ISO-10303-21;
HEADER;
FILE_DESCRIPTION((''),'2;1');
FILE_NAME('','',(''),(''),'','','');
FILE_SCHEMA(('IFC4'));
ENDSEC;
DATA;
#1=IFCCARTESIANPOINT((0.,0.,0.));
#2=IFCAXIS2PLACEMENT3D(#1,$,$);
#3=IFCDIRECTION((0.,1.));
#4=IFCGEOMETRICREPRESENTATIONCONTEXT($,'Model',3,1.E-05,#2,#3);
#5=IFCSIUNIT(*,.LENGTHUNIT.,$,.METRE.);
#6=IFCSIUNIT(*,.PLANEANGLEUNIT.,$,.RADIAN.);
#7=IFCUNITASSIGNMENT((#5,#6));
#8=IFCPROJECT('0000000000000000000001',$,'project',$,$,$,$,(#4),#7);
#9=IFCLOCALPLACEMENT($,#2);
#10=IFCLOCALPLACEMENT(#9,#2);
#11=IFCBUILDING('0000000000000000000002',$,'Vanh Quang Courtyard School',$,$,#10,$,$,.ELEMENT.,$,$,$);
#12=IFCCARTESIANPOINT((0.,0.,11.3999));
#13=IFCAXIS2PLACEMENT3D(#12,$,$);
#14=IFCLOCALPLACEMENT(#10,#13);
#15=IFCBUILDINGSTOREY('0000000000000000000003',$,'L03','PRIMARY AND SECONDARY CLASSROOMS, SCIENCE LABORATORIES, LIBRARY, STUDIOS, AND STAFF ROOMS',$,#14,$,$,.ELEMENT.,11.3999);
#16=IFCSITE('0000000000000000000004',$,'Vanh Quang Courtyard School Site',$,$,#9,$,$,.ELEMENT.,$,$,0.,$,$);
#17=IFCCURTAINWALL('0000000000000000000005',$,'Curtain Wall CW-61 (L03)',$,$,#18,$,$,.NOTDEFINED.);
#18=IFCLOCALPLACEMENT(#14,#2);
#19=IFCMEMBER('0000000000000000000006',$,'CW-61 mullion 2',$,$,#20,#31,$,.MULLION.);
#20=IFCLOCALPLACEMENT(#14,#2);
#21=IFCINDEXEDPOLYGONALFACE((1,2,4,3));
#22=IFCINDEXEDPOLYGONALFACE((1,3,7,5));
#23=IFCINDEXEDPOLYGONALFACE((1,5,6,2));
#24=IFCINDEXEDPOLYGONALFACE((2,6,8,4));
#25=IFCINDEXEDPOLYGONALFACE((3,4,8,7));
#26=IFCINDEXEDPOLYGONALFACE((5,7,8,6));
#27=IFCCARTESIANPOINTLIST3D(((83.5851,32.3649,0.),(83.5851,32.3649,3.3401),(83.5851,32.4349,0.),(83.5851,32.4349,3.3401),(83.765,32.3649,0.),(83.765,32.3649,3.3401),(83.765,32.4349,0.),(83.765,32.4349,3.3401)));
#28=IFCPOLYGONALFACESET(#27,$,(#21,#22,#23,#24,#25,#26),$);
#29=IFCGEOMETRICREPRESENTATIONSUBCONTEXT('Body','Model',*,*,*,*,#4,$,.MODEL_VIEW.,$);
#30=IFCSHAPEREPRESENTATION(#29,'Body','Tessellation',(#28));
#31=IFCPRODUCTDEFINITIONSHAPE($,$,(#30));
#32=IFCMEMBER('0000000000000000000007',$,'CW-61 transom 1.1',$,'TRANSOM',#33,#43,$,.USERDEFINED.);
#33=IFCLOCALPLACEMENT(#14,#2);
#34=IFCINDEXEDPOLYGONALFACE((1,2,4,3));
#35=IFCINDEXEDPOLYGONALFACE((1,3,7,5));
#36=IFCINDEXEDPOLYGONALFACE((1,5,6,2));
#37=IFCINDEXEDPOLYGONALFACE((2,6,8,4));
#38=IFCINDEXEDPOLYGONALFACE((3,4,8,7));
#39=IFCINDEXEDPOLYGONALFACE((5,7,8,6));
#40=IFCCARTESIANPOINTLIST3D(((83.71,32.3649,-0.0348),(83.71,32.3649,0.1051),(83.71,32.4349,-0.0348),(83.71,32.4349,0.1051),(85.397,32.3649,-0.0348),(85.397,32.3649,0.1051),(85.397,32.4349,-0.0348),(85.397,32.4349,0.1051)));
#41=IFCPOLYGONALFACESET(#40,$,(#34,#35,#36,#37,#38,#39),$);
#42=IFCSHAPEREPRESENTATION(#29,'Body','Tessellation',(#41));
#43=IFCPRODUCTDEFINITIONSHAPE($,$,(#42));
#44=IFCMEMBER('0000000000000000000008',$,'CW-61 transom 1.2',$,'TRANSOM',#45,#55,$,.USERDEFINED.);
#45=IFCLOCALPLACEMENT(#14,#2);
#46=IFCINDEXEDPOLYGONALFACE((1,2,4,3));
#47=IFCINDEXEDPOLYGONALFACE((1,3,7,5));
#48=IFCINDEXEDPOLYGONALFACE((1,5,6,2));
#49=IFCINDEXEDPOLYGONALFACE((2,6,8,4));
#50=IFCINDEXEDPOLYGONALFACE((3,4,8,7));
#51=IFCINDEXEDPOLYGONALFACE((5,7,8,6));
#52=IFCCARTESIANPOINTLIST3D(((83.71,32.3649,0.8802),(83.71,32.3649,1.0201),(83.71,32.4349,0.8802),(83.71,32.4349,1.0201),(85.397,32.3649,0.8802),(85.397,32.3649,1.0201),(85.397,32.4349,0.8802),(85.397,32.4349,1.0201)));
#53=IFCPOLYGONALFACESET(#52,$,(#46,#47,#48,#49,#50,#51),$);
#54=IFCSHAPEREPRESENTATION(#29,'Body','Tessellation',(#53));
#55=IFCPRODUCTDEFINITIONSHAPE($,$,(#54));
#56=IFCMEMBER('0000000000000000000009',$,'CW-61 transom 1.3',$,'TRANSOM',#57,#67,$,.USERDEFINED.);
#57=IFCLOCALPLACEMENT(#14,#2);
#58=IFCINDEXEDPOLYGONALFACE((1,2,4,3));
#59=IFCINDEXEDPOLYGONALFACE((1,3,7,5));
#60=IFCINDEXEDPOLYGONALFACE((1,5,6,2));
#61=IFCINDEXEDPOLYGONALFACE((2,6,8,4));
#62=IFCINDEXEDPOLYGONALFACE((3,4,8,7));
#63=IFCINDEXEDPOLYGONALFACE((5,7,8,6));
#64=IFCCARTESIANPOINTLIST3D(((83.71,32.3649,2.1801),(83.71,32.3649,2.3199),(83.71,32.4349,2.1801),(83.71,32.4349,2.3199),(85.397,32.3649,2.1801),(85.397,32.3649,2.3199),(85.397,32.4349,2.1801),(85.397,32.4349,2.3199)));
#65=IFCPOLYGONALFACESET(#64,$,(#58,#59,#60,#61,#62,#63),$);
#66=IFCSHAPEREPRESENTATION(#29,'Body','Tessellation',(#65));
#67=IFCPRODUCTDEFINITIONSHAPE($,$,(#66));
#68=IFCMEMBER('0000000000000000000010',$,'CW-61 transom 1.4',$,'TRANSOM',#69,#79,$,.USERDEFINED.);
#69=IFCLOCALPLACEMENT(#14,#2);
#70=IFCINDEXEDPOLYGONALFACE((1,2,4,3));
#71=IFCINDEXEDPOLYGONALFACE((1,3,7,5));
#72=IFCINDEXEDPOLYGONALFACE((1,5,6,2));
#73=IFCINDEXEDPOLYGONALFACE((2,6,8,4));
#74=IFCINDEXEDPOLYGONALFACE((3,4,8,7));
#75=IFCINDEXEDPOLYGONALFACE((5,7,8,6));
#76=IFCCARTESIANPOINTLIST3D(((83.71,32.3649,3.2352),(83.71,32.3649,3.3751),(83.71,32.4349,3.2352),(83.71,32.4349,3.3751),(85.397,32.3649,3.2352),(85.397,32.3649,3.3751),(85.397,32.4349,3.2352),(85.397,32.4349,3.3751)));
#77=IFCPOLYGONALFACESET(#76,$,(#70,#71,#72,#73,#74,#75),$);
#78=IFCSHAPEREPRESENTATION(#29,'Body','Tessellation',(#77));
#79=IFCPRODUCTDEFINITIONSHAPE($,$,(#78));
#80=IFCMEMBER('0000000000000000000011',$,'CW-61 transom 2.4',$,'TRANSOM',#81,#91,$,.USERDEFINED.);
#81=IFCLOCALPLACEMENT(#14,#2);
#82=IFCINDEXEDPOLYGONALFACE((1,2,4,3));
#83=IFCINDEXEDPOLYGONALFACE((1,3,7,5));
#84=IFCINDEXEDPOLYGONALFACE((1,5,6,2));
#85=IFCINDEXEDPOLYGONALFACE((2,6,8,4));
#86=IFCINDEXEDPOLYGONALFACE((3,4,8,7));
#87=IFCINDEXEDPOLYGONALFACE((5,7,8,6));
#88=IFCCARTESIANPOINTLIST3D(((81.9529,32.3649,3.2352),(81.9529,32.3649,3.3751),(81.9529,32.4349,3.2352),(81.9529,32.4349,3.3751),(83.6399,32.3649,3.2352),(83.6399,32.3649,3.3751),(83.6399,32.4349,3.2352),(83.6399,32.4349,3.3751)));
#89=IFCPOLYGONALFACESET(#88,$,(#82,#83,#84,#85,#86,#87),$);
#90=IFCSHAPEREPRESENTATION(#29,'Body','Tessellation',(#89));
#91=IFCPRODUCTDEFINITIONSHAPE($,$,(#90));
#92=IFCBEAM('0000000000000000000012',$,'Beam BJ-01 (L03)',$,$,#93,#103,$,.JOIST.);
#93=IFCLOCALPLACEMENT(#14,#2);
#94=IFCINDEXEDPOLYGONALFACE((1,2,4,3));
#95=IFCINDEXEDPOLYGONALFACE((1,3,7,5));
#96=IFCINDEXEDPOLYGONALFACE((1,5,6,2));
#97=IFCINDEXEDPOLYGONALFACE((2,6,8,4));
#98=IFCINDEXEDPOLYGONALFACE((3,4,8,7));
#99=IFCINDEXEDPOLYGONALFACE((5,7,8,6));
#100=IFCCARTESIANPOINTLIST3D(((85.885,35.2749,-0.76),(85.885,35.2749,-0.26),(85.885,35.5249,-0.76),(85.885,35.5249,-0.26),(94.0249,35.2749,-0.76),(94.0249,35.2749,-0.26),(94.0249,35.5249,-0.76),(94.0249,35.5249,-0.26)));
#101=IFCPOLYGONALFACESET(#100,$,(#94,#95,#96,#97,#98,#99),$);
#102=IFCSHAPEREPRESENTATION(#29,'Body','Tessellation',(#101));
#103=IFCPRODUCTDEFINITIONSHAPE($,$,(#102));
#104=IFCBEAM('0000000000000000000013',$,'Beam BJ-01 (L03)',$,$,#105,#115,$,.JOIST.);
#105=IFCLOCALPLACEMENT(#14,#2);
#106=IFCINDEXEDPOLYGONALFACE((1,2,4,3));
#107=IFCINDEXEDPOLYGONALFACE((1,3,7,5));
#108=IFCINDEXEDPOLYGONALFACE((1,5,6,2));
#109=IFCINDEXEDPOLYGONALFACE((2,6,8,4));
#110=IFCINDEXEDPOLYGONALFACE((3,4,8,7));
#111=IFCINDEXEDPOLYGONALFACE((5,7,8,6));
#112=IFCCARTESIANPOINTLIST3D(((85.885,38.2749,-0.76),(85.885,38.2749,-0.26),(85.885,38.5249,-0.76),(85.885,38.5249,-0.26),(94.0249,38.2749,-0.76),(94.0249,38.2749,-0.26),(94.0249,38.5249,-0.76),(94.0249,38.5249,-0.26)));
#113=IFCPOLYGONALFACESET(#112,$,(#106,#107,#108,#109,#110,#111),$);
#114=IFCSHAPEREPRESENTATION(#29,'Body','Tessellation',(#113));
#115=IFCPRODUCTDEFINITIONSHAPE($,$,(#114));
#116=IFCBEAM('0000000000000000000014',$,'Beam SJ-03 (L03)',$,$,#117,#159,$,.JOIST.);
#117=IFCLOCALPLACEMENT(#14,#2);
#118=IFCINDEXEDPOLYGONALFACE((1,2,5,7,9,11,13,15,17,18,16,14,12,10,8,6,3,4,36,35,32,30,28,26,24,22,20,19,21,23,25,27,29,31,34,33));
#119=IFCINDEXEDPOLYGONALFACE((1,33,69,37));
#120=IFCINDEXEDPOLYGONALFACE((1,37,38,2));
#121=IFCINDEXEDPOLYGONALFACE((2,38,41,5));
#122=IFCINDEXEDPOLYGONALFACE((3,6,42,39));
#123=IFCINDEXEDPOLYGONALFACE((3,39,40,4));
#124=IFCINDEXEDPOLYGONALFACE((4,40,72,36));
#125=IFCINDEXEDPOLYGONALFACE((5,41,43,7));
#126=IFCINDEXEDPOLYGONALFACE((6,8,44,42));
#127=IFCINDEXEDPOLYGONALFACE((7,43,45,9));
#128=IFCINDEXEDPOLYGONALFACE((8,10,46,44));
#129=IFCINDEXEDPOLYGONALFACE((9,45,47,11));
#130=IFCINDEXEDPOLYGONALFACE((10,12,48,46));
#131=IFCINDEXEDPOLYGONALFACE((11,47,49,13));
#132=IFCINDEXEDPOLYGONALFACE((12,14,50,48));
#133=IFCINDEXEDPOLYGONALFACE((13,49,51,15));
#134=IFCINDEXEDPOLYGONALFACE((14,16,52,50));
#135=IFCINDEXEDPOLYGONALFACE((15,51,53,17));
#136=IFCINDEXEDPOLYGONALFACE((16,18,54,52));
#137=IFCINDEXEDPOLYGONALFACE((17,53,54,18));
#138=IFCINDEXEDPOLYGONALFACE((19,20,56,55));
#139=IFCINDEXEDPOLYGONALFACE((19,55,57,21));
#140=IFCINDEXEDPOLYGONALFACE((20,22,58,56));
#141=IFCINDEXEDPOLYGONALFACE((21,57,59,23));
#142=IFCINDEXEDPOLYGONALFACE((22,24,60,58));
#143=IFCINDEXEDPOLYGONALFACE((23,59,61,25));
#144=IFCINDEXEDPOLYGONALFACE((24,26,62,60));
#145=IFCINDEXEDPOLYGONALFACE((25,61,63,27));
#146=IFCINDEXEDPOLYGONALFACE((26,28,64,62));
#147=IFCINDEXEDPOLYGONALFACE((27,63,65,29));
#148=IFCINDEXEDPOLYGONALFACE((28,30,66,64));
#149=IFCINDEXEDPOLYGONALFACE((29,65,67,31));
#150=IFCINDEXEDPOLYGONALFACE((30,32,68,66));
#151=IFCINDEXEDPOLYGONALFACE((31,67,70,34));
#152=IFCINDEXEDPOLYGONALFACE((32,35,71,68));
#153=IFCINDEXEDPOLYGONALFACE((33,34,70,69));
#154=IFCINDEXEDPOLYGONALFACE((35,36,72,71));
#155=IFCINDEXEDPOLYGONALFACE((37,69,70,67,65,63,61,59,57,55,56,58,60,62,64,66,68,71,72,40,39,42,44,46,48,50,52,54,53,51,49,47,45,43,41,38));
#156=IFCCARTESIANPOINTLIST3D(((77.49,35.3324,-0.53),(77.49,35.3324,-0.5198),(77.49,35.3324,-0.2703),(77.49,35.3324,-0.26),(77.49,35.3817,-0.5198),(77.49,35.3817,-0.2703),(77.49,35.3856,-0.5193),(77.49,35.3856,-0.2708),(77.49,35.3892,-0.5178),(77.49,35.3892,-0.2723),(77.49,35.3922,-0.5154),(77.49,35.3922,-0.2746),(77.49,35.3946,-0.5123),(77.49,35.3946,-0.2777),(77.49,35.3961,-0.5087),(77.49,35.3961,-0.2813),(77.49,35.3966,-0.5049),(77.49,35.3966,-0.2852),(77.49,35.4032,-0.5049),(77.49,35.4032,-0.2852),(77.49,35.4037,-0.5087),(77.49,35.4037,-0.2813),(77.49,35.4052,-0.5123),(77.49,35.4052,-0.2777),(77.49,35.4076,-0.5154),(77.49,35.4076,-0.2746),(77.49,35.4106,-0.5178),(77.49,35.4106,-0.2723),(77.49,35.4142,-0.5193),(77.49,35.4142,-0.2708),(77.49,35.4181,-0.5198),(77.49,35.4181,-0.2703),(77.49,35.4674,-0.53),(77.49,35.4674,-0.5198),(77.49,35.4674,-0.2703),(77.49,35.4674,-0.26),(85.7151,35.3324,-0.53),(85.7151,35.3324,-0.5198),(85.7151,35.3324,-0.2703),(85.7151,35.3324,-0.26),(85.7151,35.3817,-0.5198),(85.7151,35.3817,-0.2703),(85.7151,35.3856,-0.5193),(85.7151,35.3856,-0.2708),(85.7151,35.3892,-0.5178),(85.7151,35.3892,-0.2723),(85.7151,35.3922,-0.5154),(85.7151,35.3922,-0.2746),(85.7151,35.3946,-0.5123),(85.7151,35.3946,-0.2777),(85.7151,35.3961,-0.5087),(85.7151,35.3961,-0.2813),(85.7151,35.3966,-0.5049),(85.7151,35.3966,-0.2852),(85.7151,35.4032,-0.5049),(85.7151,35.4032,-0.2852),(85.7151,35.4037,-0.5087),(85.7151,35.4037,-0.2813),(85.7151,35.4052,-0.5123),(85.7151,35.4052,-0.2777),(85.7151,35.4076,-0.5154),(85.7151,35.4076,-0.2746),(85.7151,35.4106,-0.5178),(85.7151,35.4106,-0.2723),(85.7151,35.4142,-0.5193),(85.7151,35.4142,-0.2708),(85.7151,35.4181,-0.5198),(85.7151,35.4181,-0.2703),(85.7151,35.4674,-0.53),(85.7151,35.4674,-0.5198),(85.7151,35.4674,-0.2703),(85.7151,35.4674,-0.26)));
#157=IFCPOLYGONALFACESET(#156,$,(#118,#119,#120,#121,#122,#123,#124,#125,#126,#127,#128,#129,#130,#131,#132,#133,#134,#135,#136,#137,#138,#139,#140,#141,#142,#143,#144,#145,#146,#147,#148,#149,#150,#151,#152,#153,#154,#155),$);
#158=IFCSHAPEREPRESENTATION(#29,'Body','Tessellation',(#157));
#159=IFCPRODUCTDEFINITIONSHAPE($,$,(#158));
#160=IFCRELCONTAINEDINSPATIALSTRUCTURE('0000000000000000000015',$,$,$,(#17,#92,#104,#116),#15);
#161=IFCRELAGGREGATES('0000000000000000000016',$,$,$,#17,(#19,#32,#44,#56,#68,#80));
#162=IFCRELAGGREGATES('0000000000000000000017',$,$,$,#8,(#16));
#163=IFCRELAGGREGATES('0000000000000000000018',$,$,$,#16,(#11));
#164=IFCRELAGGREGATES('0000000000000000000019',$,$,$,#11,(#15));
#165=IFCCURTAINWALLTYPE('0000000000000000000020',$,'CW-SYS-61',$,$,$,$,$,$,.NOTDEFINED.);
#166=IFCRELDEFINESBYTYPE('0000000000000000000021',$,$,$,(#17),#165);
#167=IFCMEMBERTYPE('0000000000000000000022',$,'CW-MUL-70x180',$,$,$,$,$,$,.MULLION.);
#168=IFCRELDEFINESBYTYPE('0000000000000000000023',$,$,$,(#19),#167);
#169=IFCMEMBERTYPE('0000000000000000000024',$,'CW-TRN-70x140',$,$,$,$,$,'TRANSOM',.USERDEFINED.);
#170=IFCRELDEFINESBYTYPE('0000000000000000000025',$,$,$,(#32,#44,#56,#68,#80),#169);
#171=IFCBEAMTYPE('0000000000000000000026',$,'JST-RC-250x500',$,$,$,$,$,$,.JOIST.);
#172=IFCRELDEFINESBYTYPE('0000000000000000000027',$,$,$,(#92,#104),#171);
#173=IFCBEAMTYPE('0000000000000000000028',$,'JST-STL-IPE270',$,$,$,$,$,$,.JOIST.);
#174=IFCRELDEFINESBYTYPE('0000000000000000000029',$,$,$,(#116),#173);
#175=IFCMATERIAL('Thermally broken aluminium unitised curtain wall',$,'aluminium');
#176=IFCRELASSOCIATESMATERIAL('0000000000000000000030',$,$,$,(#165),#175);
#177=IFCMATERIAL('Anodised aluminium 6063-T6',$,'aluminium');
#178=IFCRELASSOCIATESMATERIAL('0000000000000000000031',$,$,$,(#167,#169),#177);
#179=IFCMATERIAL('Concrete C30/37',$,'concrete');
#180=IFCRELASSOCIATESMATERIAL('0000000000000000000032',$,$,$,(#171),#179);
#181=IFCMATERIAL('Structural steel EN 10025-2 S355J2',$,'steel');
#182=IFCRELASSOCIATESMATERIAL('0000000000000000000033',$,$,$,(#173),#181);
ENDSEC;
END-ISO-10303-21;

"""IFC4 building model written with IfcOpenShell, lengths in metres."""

from ifc_helpers import new_model, si_unit, direction, frame, origin, origin_2d, place, context, subcontext, project, spatial, rectangle, i_section, extrude, material, material_profile, profile_set, type_object, element, aggregate, save


model = new_model("IFC4")

# Units and contexts
model_context = context("Model", 3, precision=1e-05, world=origin(), true_north=direction((0.0, 1.0)))
body_context = subcontext(model_context, "Body", "Model", "MODEL_VIEW")
ifc_project = project(units=[si_unit("LENGTHUNIT", "METRE"), si_unit("PLANEANGLEUNIT", "RADIAN")], contexts=[model_context])

# Site, building, storey
site_placement = place(None, origin())
site = spatial("IfcSite", under=ifc_project, at=site_placement, Name="Vanh Quang Courtyard School Site", CompositionType="ELEMENT", RefElevation=0.0)
building_placement = place(site_placement, origin())
building = spatial("IfcBuilding", under=site, at=building_placement, Name="Vanh Quang Courtyard School", CompositionType="ELEMENT")
storey_placement = place(building_placement, frame((0.0, 0.0, 11.3999)))
storey = spatial("IfcBuildingStorey", under=building, at=storey_placement, Name="L03", Description="PRIMARY AND SECONDARY CLASSROOMS, SCIENCE LABORATORIES, LIBRARY, STUDIOS, AND STAFF ROOMS", CompositionType="ELEMENT", Elevation=11.3999)

# Shared definitions
ifc_material_1 = material(Name="Structural steel EN 10025-2 S355J2", Category="steel")

# Curtain wall, members
ifc_material_2 = material(Name="Thermally broken aluminium unitised curtain wall", Category="aluminium")
curtain_wall_type = type_object("IfcCurtainWallType", Name="CW-SYS-61", PredefinedType="NOTDEFINED", material=ifc_material_2)
curtain_wall_placement = place(storey_placement, origin())
curtain_wall = element("IfcCurtainWall", 1, at=curtain_wall_placement, inside=storey, type_object=curtain_wall_type, Name="Curtain Wall CW-61 (L03)", PredefinedType="NOTDEFINED")
ifc_material_3 = material(Name="Anodised aluminium 6063-T6", Category="aluminium")
ifc_material_profile_1 = material_profile(ifc_material_3, rectangle(XDim=0.0701, YDim=0.1799, at=origin_2d()), Name="ALU-MUL 70x180")
ifc_profile_set_1 = profile_set([ifc_material_profile_1], Name="Anodised aluminium 6063-T6")
member_type_1 = type_object("IfcMemberType", Name="CW-MUL-70x180", PredefinedType="MULLION", material=ifc_profile_set_1)
member_1_placement = place(storey_placement, frame((83.675, 32.3999, 0.0), z_axis=(0.0, 0.0, 1.0), x_axis=(0.0, -1.0, 0.0)))
member_1 = element("IfcMember", 2, at=member_1_placement, type_object=member_type_1, Name="CW-61 mullion 2", PredefinedType="MULLION", context=body_context, shape_type="SweptSolid", body=[
    extrude(rectangle(XDim=0.0701, YDim=0.1799, at=origin_2d()), origin(), (0.0, 0.0, 1.0), 3.3401),
])
ifc_material_profile_2 = material_profile(ifc_material_3, rectangle(XDim=0.0701, YDim=0.1399, at=origin_2d()), Name="ALU-TRN 70x140")
ifc_profile_set_2 = profile_set([ifc_material_profile_2], Name="Anodised aluminium 6063-T6")
member_type_2 = type_object("IfcMemberType", Name="CW-TRN-70x140", ElementType="TRANSOM", PredefinedType="USERDEFINED", material=ifc_profile_set_2)
member_2_placement = place(storey_placement, frame((85.397, 32.3999, 0.0352), z_axis=(-1.0, 0.0, 0.0), x_axis=(0.0, -1.0, 0.0)))
member_2 = element("IfcMember", 3, at=member_2_placement, type_object=member_type_2, Name="CW-61 transom 1.1", ObjectType="TRANSOM", PredefinedType="USERDEFINED", context=body_context, shape_type="SweptSolid", body=[
    extrude(rectangle(XDim=0.0701, YDim=0.1399, at=origin_2d()), origin(), (0.0, 0.0, 1.0), 1.687),
])
member_3_placement = place(storey_placement, frame((85.397, 32.3999, 0.9502), z_axis=(-1.0, 0.0, 0.0), x_axis=(0.0, -1.0, 0.0)))
member_3 = element("IfcMember", 4, at=member_3_placement, type_object=member_type_2, Name="CW-61 transom 1.2", ObjectType="TRANSOM", PredefinedType="USERDEFINED", context=body_context, shape_type="SweptSolid", body=[
    extrude(rectangle(XDim=0.0701, YDim=0.1399, at=origin_2d()), origin(), (0.0, 0.0, 1.0), 1.687),
])
member_4_placement = place(storey_placement, frame((85.397, 32.3999, 2.25), z_axis=(-1.0, 0.0, 0.0), x_axis=(0.0, -1.0, 0.0)))
member_4 = element("IfcMember", 5, at=member_4_placement, type_object=member_type_2, Name="CW-61 transom 1.3", ObjectType="TRANSOM", PredefinedType="USERDEFINED", context=body_context, shape_type="SweptSolid", body=[
    extrude(rectangle(XDim=0.0701, YDim=0.1399, at=origin_2d()), origin(), (0.0, 0.0, 1.0), 1.687),
])
member_5_placement = place(storey_placement, frame((85.397, 32.3999, 3.3052), z_axis=(-1.0, 0.0, 0.0), x_axis=(0.0, -1.0, 0.0)))
member_5 = element("IfcMember", 6, at=member_5_placement, type_object=member_type_2, Name="CW-61 transom 1.4", ObjectType="TRANSOM", PredefinedType="USERDEFINED", context=body_context, shape_type="SweptSolid", body=[
    extrude(rectangle(XDim=0.0701, YDim=0.1399, at=origin_2d()), origin(), (0.0, 0.0, 1.0), 1.687),
])
member_6_placement = place(storey_placement, frame((83.6399, 32.3999, 3.3052), z_axis=(-1.0, 0.0, 0.0), x_axis=(0.0, -1.0, 0.0)))
member_6 = element("IfcMember", 7, at=member_6_placement, type_object=member_type_2, Name="CW-61 transom 2.4", ObjectType="TRANSOM", PredefinedType="USERDEFINED", context=body_context, shape_type="SweptSolid", body=[
    extrude(rectangle(XDim=0.0701, YDim=0.1399, at=origin_2d()), origin(), (0.0, 0.0, 1.0), 1.687),
])

# Beams
ifc_material_4 = material(Name="Concrete C30/37", Category="concrete")
ifc_material_profile_3 = material_profile(ifc_material_4, rectangle(XDim=0.25, YDim=0.5, at=origin_2d()), Name="RC-JST 250x500")
ifc_profile_set_3 = profile_set([ifc_material_profile_3], Name="Concrete C30/37")
beam_type_1 = type_object("IfcBeamType", Name="JST-RC-250x500", PredefinedType="JOIST", material=ifc_profile_set_3)
for number, where, z_axis, x_axis, name in (
    (8, (85.885, 35.3999, -0.51), (1.0, 0.0, 0.0), (0.0, 1.0, 0.0), "Beam BJ-01 (L03)"),
    (9, (85.885, 38.3999, -0.51), (1.0, 0.0, 0.0), (0.0, 1.0, 0.0), "Beam BJ-01 (L03)"),
):
    element("IfcBeam", number, at=place(storey_placement, frame(where, z_axis=z_axis, x_axis=x_axis)), inside=storey, type_object=beam_type_1, Name=name, PredefinedType="JOIST", context=body_context, shape_type="SweptSolid", body=[
        extrude(rectangle(XDim=0.25, YDim=0.5, at=origin_2d()), origin(), (0.0, 0.0, 1.0), 8.1399),
    ])
ifc_material_profile_4 = material_profile(ifc_material_1, i_section(OverallWidth=0.135, OverallDepth=0.27, WebThickness=0.0066, FlangeThickness=0.0103, FilletRadius=0.0149, at=origin_2d()), Name="IPE 270")
ifc_profile_set_4 = profile_set([ifc_material_profile_4], Name="Structural steel EN 10025-2 S355J2")
beam_type_2 = type_object("IfcBeamType", Name="JST-STL-IPE270", PredefinedType="JOIST", material=ifc_profile_set_4)
for number, where, z_axis, x_axis, name in (
    (10, (77.49, 35.3999, -0.395), (1.0, 0.0, 0.0), (0.0, 1.0, 0.0), "Beam SJ-03 (L03)"),
):
    element("IfcBeam", number, at=place(storey_placement, frame(where, z_axis=z_axis, x_axis=x_axis)), inside=storey, type_object=beam_type_2, Name=name, PredefinedType="JOIST", context=body_context, shape_type="SweptSolid", body=[
        extrude(i_section(OverallWidth=0.135, OverallDepth=0.27, WebThickness=0.0066, FlangeThickness=0.0103, FilletRadius=0.0149, at=origin_2d()), origin(), (0.0, 0.0, 1.0), 8.2251),
    ])

aggregate(curtain_wall, [member_1, member_2, member_3, member_4, member_5, member_6])

save(model, "model.ifc")
